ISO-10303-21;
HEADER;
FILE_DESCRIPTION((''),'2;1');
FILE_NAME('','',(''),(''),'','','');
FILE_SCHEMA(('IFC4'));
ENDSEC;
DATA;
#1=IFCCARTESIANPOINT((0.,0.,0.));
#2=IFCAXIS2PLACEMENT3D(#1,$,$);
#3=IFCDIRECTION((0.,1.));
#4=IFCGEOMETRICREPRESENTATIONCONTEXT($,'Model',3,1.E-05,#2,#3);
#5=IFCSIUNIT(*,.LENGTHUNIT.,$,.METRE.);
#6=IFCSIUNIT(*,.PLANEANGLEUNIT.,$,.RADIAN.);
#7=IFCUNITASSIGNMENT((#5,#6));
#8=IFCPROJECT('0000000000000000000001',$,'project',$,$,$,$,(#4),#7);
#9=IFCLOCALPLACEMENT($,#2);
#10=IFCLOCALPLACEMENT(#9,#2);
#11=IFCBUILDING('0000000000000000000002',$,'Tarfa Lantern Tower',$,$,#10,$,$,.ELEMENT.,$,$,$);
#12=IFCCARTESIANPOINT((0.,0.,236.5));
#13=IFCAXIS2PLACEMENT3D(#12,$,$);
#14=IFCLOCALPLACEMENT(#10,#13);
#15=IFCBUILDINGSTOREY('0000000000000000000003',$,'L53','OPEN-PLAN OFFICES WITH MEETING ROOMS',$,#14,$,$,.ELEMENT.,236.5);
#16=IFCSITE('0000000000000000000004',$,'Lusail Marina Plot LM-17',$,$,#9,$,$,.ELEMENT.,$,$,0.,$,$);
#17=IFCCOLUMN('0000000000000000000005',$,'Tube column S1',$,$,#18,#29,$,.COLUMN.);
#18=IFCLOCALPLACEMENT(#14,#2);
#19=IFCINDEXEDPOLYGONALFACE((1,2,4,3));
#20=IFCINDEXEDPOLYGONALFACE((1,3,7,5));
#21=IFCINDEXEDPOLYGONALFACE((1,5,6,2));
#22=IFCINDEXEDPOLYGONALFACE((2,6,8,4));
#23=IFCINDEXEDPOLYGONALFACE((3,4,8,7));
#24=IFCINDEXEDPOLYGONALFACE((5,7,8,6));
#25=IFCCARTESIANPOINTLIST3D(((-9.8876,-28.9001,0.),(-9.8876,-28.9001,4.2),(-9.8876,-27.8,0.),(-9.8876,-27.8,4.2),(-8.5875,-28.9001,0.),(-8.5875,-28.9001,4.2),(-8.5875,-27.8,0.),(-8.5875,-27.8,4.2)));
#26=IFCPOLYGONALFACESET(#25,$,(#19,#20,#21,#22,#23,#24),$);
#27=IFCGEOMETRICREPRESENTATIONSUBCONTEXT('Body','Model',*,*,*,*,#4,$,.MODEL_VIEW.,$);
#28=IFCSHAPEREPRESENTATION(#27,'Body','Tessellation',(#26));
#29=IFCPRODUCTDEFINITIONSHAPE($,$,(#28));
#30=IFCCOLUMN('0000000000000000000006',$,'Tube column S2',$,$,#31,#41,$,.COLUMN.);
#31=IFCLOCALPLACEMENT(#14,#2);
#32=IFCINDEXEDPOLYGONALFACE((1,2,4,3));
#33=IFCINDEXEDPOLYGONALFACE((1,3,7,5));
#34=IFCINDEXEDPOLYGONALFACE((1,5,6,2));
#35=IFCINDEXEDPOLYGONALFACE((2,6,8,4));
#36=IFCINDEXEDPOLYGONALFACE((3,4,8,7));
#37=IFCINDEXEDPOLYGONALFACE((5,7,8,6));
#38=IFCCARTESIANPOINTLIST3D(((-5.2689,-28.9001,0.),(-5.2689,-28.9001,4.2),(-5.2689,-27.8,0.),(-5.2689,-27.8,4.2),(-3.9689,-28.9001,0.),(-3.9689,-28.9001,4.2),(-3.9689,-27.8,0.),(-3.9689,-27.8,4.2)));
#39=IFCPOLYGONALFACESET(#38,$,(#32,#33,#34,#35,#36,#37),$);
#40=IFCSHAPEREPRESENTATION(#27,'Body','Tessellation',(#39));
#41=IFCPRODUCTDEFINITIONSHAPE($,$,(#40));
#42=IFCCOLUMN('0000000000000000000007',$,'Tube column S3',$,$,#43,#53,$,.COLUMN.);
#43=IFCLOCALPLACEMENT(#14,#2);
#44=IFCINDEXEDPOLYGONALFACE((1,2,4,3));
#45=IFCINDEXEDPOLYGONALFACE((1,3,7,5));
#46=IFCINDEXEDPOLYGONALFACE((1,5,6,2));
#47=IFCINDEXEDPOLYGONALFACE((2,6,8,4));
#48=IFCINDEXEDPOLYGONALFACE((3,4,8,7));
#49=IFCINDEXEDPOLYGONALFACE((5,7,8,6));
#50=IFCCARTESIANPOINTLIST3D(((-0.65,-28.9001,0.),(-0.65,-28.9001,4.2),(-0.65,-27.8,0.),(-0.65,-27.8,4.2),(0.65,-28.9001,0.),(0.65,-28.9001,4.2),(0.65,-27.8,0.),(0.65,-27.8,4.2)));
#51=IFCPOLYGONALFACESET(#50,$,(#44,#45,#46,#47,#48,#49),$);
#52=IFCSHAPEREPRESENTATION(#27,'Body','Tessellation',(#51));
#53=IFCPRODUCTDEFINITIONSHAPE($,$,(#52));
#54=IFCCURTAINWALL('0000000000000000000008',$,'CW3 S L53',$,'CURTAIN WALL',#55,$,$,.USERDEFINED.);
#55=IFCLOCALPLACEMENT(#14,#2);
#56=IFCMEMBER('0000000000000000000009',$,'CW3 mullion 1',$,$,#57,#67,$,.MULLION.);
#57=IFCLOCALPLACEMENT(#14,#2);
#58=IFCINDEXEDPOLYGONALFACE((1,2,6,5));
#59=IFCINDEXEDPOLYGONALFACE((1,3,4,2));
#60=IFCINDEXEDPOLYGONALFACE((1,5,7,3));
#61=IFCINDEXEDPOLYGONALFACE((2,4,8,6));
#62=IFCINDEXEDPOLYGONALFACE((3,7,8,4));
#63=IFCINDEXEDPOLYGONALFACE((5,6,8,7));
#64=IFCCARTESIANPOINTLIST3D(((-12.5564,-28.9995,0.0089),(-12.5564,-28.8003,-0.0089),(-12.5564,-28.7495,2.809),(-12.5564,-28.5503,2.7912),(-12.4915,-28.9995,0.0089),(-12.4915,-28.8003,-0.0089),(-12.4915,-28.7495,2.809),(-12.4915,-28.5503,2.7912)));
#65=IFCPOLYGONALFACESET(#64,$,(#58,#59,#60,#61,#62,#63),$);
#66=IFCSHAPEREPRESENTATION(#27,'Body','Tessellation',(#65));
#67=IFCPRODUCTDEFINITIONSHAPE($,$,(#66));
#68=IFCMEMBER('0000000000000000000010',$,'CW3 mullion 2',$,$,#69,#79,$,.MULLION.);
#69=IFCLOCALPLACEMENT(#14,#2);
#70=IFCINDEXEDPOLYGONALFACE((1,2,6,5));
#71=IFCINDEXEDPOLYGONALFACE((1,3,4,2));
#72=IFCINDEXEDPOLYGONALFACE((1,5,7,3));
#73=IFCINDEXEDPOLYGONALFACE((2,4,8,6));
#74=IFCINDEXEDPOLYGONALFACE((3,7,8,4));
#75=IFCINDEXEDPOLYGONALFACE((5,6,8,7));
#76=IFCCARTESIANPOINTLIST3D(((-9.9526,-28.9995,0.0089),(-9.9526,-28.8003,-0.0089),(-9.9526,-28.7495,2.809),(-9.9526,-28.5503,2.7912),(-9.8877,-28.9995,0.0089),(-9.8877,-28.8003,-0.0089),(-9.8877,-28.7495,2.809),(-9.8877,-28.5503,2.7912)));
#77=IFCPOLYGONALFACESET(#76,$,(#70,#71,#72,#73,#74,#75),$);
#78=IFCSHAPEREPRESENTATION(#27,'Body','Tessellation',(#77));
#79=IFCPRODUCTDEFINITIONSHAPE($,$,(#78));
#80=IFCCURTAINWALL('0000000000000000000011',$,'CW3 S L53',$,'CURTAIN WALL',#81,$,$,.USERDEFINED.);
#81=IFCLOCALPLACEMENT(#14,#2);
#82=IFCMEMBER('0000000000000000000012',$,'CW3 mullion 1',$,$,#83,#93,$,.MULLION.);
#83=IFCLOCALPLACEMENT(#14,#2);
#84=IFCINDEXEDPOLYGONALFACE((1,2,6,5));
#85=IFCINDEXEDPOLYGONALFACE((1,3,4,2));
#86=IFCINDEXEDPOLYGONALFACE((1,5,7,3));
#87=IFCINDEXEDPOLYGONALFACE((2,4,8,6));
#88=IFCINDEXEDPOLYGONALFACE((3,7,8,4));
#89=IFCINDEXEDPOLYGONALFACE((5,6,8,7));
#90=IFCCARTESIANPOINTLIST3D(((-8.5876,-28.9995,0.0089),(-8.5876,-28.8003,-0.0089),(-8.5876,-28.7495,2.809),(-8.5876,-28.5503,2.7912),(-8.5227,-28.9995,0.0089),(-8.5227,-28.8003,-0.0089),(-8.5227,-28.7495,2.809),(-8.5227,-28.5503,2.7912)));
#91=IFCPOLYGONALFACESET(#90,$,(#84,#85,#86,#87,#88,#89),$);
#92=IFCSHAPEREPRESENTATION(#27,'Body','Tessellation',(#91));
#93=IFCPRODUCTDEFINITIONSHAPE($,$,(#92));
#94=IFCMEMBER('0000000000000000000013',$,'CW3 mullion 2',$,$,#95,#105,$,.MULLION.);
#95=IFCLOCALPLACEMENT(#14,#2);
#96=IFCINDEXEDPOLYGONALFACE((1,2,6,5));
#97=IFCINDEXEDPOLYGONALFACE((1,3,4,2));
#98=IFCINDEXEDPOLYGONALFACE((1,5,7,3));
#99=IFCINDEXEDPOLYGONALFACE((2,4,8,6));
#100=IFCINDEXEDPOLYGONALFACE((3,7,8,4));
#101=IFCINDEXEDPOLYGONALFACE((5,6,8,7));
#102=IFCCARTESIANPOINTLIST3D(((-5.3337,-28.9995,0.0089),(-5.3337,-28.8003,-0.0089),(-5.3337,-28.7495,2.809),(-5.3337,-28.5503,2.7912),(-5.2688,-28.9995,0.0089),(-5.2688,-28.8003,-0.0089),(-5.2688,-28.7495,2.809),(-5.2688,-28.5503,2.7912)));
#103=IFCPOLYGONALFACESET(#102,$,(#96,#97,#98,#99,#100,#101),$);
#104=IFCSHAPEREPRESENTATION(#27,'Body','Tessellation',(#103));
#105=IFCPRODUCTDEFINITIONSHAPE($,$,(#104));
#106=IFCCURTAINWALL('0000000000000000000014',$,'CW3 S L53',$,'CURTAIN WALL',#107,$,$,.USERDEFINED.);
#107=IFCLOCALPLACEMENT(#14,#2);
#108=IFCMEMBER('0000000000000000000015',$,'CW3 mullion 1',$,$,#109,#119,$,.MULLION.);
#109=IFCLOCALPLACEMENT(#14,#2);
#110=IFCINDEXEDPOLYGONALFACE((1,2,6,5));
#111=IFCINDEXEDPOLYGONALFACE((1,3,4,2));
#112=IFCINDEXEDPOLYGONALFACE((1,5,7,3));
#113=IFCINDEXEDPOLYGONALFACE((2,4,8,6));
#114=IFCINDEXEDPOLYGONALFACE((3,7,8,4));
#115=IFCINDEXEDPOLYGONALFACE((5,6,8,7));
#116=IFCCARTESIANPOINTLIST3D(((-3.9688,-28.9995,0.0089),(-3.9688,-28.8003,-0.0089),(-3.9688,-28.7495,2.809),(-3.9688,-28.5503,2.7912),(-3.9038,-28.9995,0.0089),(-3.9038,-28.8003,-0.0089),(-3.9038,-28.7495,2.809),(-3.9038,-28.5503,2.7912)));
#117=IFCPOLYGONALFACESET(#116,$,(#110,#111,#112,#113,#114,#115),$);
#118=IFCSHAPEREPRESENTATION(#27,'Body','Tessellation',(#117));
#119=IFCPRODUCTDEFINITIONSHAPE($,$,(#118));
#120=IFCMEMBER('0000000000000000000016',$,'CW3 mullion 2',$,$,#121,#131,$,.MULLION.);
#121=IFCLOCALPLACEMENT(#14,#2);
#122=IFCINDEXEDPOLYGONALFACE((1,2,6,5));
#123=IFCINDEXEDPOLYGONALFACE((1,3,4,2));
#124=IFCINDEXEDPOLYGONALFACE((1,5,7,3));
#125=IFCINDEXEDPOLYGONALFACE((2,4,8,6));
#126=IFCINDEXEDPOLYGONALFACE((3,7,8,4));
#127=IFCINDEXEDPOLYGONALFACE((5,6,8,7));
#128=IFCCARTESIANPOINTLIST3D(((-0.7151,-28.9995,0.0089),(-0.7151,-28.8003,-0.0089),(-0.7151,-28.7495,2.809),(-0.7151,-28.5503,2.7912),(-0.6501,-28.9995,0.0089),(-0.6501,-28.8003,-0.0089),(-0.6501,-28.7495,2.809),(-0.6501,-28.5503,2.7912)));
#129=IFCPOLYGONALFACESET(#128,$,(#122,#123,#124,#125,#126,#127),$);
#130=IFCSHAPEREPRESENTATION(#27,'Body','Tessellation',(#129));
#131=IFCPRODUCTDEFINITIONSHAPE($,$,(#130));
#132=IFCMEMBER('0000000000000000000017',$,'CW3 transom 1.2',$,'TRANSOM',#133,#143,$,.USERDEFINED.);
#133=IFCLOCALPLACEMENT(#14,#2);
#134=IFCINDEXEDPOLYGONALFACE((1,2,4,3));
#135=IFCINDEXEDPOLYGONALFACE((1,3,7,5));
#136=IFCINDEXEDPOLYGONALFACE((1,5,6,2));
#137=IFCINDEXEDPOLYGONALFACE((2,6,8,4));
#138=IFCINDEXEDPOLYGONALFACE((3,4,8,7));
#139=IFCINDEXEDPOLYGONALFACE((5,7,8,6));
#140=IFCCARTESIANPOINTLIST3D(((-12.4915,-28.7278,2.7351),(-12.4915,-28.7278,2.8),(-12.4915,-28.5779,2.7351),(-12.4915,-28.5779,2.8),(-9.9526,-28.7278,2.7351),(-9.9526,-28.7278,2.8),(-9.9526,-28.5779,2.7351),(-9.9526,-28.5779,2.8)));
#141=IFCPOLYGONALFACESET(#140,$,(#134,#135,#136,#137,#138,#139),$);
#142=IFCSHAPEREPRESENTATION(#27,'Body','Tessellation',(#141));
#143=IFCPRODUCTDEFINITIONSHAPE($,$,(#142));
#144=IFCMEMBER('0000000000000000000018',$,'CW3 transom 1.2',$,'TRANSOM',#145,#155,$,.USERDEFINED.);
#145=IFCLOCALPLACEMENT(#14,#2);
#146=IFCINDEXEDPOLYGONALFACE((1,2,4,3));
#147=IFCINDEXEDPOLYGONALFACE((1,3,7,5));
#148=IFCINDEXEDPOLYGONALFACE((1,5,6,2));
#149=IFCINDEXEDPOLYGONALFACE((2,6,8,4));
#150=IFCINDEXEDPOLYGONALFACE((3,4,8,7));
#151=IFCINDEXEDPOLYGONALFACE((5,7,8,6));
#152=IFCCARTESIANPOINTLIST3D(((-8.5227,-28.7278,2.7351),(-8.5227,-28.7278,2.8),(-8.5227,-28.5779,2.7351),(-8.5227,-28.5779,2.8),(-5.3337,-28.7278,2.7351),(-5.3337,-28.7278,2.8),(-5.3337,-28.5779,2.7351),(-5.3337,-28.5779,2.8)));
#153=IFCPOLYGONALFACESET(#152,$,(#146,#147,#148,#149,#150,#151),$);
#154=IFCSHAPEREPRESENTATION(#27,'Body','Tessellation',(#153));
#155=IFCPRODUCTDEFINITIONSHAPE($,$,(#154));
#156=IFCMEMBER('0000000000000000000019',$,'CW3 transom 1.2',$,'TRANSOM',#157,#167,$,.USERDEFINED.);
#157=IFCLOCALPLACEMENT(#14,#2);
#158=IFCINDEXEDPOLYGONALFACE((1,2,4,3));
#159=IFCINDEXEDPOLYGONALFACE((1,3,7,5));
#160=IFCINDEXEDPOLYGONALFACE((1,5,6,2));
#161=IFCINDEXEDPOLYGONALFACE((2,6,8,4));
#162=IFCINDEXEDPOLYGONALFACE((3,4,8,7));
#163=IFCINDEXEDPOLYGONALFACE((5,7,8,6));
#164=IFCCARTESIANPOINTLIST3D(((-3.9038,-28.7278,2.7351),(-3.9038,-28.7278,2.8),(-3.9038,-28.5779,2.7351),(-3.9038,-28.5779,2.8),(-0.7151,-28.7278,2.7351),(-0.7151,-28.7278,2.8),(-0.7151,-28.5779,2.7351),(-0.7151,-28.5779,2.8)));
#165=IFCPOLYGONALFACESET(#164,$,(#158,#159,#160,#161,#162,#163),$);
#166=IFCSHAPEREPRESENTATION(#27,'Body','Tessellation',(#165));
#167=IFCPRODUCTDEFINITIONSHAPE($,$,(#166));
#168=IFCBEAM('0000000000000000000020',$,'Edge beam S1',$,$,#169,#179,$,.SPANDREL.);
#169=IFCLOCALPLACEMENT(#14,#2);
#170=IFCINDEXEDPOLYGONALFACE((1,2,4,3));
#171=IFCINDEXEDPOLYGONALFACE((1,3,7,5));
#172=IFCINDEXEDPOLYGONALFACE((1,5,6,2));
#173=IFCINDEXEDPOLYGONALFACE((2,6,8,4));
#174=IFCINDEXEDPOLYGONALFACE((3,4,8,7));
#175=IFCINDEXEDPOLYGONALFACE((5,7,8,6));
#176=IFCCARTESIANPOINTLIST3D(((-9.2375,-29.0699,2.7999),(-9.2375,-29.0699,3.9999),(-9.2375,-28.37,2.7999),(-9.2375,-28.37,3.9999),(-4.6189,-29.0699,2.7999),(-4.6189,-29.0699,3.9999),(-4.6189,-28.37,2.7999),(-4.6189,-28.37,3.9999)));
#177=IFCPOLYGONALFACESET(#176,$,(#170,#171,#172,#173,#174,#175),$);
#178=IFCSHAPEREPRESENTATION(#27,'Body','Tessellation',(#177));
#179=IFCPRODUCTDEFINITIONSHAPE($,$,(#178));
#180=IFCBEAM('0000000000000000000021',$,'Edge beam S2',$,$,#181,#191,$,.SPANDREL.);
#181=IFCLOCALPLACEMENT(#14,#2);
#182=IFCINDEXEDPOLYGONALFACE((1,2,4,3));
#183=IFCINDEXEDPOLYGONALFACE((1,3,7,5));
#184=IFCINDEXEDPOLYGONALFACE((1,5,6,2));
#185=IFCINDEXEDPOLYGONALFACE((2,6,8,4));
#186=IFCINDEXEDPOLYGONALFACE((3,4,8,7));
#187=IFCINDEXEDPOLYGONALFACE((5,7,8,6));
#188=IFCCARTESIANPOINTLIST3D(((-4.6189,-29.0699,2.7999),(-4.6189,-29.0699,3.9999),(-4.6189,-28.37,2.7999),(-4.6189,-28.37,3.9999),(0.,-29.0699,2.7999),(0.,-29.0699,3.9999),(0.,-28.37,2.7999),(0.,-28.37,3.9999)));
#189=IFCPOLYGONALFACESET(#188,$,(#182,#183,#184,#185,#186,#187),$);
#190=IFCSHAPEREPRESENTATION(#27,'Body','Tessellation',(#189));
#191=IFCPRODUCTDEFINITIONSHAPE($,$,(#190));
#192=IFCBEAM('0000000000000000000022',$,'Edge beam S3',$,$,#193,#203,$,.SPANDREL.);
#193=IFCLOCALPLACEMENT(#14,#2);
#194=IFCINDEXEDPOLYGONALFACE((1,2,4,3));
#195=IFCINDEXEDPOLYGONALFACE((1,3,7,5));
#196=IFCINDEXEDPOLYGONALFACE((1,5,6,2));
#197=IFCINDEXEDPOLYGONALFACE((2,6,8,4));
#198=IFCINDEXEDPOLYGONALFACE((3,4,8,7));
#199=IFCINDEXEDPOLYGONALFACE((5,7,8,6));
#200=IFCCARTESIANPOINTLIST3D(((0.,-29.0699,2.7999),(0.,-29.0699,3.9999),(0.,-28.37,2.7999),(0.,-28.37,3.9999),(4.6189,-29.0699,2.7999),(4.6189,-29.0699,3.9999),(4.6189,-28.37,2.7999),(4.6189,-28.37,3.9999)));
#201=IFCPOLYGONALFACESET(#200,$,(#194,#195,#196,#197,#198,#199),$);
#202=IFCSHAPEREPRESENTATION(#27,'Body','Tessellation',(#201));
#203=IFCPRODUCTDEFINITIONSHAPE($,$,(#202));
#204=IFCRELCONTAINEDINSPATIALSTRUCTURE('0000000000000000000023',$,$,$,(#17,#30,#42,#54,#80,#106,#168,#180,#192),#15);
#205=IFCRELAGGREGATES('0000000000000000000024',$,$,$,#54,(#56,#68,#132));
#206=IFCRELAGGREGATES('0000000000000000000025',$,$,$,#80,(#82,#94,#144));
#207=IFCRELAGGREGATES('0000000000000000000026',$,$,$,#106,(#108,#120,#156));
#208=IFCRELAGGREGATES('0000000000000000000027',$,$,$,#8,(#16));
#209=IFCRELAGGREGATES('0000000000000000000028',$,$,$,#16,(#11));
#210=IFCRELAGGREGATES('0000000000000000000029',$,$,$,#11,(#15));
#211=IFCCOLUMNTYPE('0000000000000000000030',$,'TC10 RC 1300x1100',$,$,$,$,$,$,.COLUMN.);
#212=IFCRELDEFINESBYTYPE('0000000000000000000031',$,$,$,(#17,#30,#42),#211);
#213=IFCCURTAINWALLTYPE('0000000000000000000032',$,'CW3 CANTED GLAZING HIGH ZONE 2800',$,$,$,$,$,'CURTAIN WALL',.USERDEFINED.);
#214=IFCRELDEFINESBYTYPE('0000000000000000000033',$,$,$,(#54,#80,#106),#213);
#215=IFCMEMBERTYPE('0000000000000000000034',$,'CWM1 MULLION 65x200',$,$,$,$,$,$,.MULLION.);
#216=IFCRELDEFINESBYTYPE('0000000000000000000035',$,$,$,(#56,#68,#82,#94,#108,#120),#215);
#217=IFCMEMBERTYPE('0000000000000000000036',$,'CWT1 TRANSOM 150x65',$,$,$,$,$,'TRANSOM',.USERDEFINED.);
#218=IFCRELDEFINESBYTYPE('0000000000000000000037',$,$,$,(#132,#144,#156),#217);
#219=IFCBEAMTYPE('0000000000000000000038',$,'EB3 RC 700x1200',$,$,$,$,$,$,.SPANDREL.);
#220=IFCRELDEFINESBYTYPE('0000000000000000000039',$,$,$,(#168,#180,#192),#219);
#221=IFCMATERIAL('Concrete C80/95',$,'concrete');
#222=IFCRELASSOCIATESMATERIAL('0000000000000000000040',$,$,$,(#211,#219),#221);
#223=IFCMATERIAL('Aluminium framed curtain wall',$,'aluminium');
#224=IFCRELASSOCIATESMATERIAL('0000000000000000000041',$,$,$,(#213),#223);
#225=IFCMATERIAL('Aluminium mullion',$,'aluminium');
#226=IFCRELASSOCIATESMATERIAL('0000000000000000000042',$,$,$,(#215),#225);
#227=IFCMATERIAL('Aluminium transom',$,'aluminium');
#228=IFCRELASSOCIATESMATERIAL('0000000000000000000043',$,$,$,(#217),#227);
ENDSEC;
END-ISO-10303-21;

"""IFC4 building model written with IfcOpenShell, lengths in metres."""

from ifc_helpers import new_model, si_unit, direction, frame, origin, origin_2d, place, context, subcontext, project, spatial, rectangle, extrude, material, material_profile, profile_set, type_object, element, aggregate, save


model = new_model("IFC4")

# Units and contexts
model_context = context("Model", 3, precision=1e-05, world=origin(), true_north=direction((0.0, 1.0)))
body_context = subcontext(model_context, "Body", "Model", "MODEL_VIEW")
ifc_project = project(units=[si_unit("LENGTHUNIT", "METRE"), si_unit("PLANEANGLEUNIT", "RADIAN")], contexts=[model_context])

# Site, building, storey
site_placement = place(None, origin())
site = spatial("IfcSite", under=ifc_project, at=site_placement, Name="Lusail Marina Plot LM-17", CompositionType="ELEMENT", RefElevation=0.0)
building_placement = place(site_placement, origin())
building = spatial("IfcBuilding", under=site, at=building_placement, Name="Tarfa Lantern Tower", CompositionType="ELEMENT")
storey_placement = place(building_placement, frame((0.0, 0.0, 236.5)))
storey = spatial("IfcBuildingStorey", under=building, at=storey_placement, Name="L53", Description="OPEN-PLAN OFFICES WITH MEETING ROOMS", CompositionType="ELEMENT", Elevation=236.5)

# Columns
ifc_material_1 = material(Name="Concrete C80/95", Category="concrete")
ifc_material_profile_1 = material_profile(ifc_material_1, rectangle(XDim=1.3, YDim=1.1001, at=origin_2d()), Name="RC 1300x1100")
ifc_profile_set_1 = profile_set([ifc_material_profile_1], Name="Concrete C80/95")
column_type = type_object("IfcColumnType", Name="TC10 RC 1300x1100", PredefinedType="COLUMN", material=ifc_profile_set_1)
for number, where, z_axis, x_axis, name in (
    (1, (-9.2375, -28.3501, 0.0), (0.0, 0.0, 1.0), (1.0, 0.0, 0.0), "Tube column S1"),
    (2, (-4.6189, -28.3501, 0.0), (0.0, 0.0, 1.0), (1.0, 0.0, 0.0), "Tube column S2"),
    (3, (0.0, -28.3501, 0.0), (0.0, 0.0, 1.0), (1.0, 0.0, 0.0), "Tube column S3"),
):
    element("IfcColumn", number, at=place(storey_placement, frame(where, z_axis=z_axis, x_axis=x_axis)), inside=storey, type_object=column_type, Name=name, PredefinedType="COLUMN", context=body_context, shape_type="SweptSolid", body=[
        extrude(rectangle(XDim=1.3, YDim=1.1001, at=origin_2d()), origin(), (0.0, 0.0, 1.0), 4.2),
    ])

# Curtain walls, members
ifc_material_2 = material(Name="Aluminium framed curtain wall", Category="aluminium")
curtain_wall_type = type_object("IfcCurtainWallType", Name="CW3 CANTED GLAZING HIGH ZONE 2800", ElementType="CURTAIN WALL", PredefinedType="USERDEFINED", material=ifc_material_2)
curtain_wall_1_placement = place(storey_placement, origin())
curtain_wall_1 = element("IfcCurtainWall", 4, at=curtain_wall_1_placement, inside=storey, type_object=curtain_wall_type, Name="CW3 S L53", ObjectType="CURTAIN WALL", PredefinedType="USERDEFINED")
ifc_material_3 = material(Name="Aluminium mullion", Category="aluminium")
ifc_material_profile_2 = material_profile(ifc_material_3, rectangle(XDim=0.0649, YDim=0.2, at=origin_2d()), Name="AL MULLION 65x200")
ifc_profile_set_2 = profile_set([ifc_material_profile_2], Name="Aluminium mullion")
member_type_1 = type_object("IfcMemberType", Name="CWM1 MULLION 65x200", PredefinedType="MULLION", material=ifc_profile_set_2)
member_1_placement = place(storey_placement, frame((-12.5239, -28.8999, 0.0), z_axis=(0.0, 0.08893, 0.996038), x_axis=(-1.0, 0.0, 0.0)))
member_1 = element("IfcMember", 5, at=member_1_placement, type_object=member_type_1, Name="CW3 mullion 1", PredefinedType="MULLION", context=body_context, shape_type="SweptSolid", body=[
    extrude(rectangle(XDim=0.0649, YDim=0.2, at=origin_2d()), origin(), (0.0, 0.0, 1.0), 2.8113),
])
member_2_placement = place(storey_placement, frame((-9.9202, -28.8999, 0.0), z_axis=(0.0, 0.08893, 0.996038), x_axis=(-1.0, 0.0, 0.0)))
member_2 = element("IfcMember", 6, at=member_2_placement, type_object=member_type_1, Name="CW3 mullion 2", PredefinedType="MULLION", context=body_context, shape_type="SweptSolid", body=[
    extrude(rectangle(XDim=0.0649, YDim=0.2, at=origin_2d()), origin(), (0.0, 0.0, 1.0), 2.8113),
])
curtain_wall_2_placement = place(storey_placement, origin())
curtain_wall_2 = element("IfcCurtainWall", 7, at=curtain_wall_2_placement, inside=storey, type_object=curtain_wall_type, Name="CW3 S L53", ObjectType="CURTAIN WALL", PredefinedType="USERDEFINED")
member_3_placement = place(storey_placement, frame((-8.5552, -28.8999, 0.0), z_axis=(0.0, 0.08893, 0.996038), x_axis=(-1.0, 0.0, 0.0)))
member_3 = element("IfcMember", 8, at=member_3_placement, type_object=member_type_1, Name="CW3 mullion 1", PredefinedType="MULLION", context=body_context, shape_type="SweptSolid", body=[
    extrude(rectangle(XDim=0.0649, YDim=0.2, at=origin_2d()), origin(), (0.0, 0.0, 1.0), 2.8113),
])
member_4_placement = place(storey_placement, frame((-5.3013, -28.8999, 0.0), z_axis=(0.0, 0.08893, 0.996038), x_axis=(-1.0, 0.0, 0.0)))
member_4 = element("IfcMember", 9, at=member_4_placement, type_object=member_type_1, Name="CW3 mullion 2", PredefinedType="MULLION", context=body_context, shape_type="SweptSolid", body=[
    extrude(rectangle(XDim=0.0649, YDim=0.2, at=origin_2d()), origin(), (0.0, 0.0, 1.0), 2.8113),
])
curtain_wall_3_placement = place(storey_placement, origin())
curtain_wall_3 = element("IfcCurtainWall", 10, at=curtain_wall_3_placement, inside=storey, type_object=curtain_wall_type, Name="CW3 S L53", ObjectType="CURTAIN WALL", PredefinedType="USERDEFINED")
member_5_placement = place(storey_placement, frame((-3.9363, -28.8999, 0.0), z_axis=(0.0, 0.08893, 0.996038), x_axis=(-1.0, 0.0, 0.0)))
member_5 = element("IfcMember", 11, at=member_5_placement, type_object=member_type_1, Name="CW3 mullion 1", PredefinedType="MULLION", context=body_context, shape_type="SweptSolid", body=[
    extrude(rectangle(XDim=0.0649, YDim=0.2, at=origin_2d()), origin(), (0.0, 0.0, 1.0), 2.8113),
])
member_6_placement = place(storey_placement, frame((-0.6826, -28.8999, 0.0), z_axis=(0.0, 0.08893, 0.996038), x_axis=(-1.0, 0.0, 0.0)))
member_6 = element("IfcMember", 12, at=member_6_placement, type_object=member_type_1, Name="CW3 mullion 2", PredefinedType="MULLION", context=body_context, shape_type="SweptSolid", body=[
    extrude(rectangle(XDim=0.0649, YDim=0.2, at=origin_2d()), origin(), (0.0, 0.0, 1.0), 2.8113),
])

# Members
ifc_material_4 = material(Name="Aluminium transom", Category="aluminium")
ifc_material_profile_3 = material_profile(ifc_material_4, rectangle(XDim=0.1499, YDim=0.0649, at=origin_2d()), Name="AL TRANSOM 150x65")
ifc_profile_set_3 = profile_set([ifc_material_profile_3], Name="Aluminium transom")
member_type_2 = type_object("IfcMemberType", Name="CWT1 TRANSOM 150x65", ElementType="TRANSOM", PredefinedType="USERDEFINED", material=ifc_profile_set_3)
member_7_placement = place(storey_placement, frame((-12.4915, -28.6528, 2.7676), z_axis=(1.0, 0.0, 0.0), x_axis=(0.0, 1.0, 0.0)))
member_7 = element("IfcMember", 13, at=member_7_placement, type_object=member_type_2, Name="CW3 transom 1.2", ObjectType="TRANSOM", PredefinedType="USERDEFINED", context=body_context, shape_type="SweptSolid", body=[
    extrude(rectangle(XDim=0.1499, YDim=0.0649, at=origin_2d()), origin(), (0.0, 0.0, 1.0), 2.5388),
])
member_8_placement = place(storey_placement, frame((-8.5227, -28.6528, 2.7676), z_axis=(1.0, 0.0, 0.0), x_axis=(0.0, 1.0, 0.0)))
member_8 = element("IfcMember", 14, at=member_8_placement, type_object=member_type_2, Name="CW3 transom 1.2", ObjectType="TRANSOM", PredefinedType="USERDEFINED", context=body_context, shape_type="SweptSolid", body=[
    extrude(rectangle(XDim=0.1499, YDim=0.0649, at=origin_2d()), origin(), (0.0, 0.0, 1.0), 3.189),
])
member_9_placement = place(storey_placement, frame((-3.9038, -28.6528, 2.7676), z_axis=(1.0, 0.0, 0.0), x_axis=(0.0, 1.0, 0.0)))
member_9 = element("IfcMember", 15, at=member_9_placement, type_object=member_type_2, Name="CW3 transom 1.2", ObjectType="TRANSOM", PredefinedType="USERDEFINED", context=body_context, shape_type="SweptSolid", body=[
    extrude(rectangle(XDim=0.1499, YDim=0.0649, at=origin_2d()), origin(), (0.0, 0.0, 1.0), 3.1887),
])

# Beams
ifc_material_profile_4 = material_profile(ifc_material_1, rectangle(XDim=0.7, YDim=1.2, at=origin_2d()), Name="RC 700x1200")
ifc_profile_set_4 = profile_set([ifc_material_profile_4], Name="Concrete C80/95")
beam_type_1 = type_object("IfcBeamType", Name="EB3 RC 700x1200", PredefinedType="SPANDREL", material=ifc_profile_set_4)
beam_placement = place(storey_placement, frame((-9.2375, -28.72, 3.3999), z_axis=(1.0, 0.0, 0.0), x_axis=(0.0, 1.0, 0.0)))
element("IfcBeam", 16, at=beam_placement, inside=storey, type_object=beam_type_1, Name="Edge beam S1", PredefinedType="SPANDREL", context=body_context, shape_type="SweptSolid", body=[
    extrude(rectangle(XDim=0.7, YDim=1.2, at=origin_2d()), origin(), (0.0, 0.0, 1.0), 4.6187),
])
for number, where, z_axis, x_axis, name in (
    (17, (-4.6189, -28.72, 3.3999), (1.0, 0.0, 0.0), (0.0, 1.0, 0.0), "Edge beam S2"),
    (18, (0.0, -28.72, 3.3999), (1.0, 0.0, 0.0), (0.0, 1.0, 0.0), "Edge beam S3"),
):
    element("IfcBeam", number, at=place(storey_placement, frame(where, z_axis=z_axis, x_axis=x_axis)), inside=storey, type_object=beam_type_1, Name=name, PredefinedType="SPANDREL", context=body_context, shape_type="SweptSolid", body=[
        extrude(rectangle(XDim=0.7, YDim=1.2, at=origin_2d()), origin(), (0.0, 0.0, 1.0), 4.6189),
    ])

aggregate(curtain_wall_1, [member_1, member_2, member_7])
aggregate(curtain_wall_2, [member_3, member_4, member_8])
aggregate(curtain_wall_3, [member_5, member_6, member_9])

save(model, "model.ifc")
